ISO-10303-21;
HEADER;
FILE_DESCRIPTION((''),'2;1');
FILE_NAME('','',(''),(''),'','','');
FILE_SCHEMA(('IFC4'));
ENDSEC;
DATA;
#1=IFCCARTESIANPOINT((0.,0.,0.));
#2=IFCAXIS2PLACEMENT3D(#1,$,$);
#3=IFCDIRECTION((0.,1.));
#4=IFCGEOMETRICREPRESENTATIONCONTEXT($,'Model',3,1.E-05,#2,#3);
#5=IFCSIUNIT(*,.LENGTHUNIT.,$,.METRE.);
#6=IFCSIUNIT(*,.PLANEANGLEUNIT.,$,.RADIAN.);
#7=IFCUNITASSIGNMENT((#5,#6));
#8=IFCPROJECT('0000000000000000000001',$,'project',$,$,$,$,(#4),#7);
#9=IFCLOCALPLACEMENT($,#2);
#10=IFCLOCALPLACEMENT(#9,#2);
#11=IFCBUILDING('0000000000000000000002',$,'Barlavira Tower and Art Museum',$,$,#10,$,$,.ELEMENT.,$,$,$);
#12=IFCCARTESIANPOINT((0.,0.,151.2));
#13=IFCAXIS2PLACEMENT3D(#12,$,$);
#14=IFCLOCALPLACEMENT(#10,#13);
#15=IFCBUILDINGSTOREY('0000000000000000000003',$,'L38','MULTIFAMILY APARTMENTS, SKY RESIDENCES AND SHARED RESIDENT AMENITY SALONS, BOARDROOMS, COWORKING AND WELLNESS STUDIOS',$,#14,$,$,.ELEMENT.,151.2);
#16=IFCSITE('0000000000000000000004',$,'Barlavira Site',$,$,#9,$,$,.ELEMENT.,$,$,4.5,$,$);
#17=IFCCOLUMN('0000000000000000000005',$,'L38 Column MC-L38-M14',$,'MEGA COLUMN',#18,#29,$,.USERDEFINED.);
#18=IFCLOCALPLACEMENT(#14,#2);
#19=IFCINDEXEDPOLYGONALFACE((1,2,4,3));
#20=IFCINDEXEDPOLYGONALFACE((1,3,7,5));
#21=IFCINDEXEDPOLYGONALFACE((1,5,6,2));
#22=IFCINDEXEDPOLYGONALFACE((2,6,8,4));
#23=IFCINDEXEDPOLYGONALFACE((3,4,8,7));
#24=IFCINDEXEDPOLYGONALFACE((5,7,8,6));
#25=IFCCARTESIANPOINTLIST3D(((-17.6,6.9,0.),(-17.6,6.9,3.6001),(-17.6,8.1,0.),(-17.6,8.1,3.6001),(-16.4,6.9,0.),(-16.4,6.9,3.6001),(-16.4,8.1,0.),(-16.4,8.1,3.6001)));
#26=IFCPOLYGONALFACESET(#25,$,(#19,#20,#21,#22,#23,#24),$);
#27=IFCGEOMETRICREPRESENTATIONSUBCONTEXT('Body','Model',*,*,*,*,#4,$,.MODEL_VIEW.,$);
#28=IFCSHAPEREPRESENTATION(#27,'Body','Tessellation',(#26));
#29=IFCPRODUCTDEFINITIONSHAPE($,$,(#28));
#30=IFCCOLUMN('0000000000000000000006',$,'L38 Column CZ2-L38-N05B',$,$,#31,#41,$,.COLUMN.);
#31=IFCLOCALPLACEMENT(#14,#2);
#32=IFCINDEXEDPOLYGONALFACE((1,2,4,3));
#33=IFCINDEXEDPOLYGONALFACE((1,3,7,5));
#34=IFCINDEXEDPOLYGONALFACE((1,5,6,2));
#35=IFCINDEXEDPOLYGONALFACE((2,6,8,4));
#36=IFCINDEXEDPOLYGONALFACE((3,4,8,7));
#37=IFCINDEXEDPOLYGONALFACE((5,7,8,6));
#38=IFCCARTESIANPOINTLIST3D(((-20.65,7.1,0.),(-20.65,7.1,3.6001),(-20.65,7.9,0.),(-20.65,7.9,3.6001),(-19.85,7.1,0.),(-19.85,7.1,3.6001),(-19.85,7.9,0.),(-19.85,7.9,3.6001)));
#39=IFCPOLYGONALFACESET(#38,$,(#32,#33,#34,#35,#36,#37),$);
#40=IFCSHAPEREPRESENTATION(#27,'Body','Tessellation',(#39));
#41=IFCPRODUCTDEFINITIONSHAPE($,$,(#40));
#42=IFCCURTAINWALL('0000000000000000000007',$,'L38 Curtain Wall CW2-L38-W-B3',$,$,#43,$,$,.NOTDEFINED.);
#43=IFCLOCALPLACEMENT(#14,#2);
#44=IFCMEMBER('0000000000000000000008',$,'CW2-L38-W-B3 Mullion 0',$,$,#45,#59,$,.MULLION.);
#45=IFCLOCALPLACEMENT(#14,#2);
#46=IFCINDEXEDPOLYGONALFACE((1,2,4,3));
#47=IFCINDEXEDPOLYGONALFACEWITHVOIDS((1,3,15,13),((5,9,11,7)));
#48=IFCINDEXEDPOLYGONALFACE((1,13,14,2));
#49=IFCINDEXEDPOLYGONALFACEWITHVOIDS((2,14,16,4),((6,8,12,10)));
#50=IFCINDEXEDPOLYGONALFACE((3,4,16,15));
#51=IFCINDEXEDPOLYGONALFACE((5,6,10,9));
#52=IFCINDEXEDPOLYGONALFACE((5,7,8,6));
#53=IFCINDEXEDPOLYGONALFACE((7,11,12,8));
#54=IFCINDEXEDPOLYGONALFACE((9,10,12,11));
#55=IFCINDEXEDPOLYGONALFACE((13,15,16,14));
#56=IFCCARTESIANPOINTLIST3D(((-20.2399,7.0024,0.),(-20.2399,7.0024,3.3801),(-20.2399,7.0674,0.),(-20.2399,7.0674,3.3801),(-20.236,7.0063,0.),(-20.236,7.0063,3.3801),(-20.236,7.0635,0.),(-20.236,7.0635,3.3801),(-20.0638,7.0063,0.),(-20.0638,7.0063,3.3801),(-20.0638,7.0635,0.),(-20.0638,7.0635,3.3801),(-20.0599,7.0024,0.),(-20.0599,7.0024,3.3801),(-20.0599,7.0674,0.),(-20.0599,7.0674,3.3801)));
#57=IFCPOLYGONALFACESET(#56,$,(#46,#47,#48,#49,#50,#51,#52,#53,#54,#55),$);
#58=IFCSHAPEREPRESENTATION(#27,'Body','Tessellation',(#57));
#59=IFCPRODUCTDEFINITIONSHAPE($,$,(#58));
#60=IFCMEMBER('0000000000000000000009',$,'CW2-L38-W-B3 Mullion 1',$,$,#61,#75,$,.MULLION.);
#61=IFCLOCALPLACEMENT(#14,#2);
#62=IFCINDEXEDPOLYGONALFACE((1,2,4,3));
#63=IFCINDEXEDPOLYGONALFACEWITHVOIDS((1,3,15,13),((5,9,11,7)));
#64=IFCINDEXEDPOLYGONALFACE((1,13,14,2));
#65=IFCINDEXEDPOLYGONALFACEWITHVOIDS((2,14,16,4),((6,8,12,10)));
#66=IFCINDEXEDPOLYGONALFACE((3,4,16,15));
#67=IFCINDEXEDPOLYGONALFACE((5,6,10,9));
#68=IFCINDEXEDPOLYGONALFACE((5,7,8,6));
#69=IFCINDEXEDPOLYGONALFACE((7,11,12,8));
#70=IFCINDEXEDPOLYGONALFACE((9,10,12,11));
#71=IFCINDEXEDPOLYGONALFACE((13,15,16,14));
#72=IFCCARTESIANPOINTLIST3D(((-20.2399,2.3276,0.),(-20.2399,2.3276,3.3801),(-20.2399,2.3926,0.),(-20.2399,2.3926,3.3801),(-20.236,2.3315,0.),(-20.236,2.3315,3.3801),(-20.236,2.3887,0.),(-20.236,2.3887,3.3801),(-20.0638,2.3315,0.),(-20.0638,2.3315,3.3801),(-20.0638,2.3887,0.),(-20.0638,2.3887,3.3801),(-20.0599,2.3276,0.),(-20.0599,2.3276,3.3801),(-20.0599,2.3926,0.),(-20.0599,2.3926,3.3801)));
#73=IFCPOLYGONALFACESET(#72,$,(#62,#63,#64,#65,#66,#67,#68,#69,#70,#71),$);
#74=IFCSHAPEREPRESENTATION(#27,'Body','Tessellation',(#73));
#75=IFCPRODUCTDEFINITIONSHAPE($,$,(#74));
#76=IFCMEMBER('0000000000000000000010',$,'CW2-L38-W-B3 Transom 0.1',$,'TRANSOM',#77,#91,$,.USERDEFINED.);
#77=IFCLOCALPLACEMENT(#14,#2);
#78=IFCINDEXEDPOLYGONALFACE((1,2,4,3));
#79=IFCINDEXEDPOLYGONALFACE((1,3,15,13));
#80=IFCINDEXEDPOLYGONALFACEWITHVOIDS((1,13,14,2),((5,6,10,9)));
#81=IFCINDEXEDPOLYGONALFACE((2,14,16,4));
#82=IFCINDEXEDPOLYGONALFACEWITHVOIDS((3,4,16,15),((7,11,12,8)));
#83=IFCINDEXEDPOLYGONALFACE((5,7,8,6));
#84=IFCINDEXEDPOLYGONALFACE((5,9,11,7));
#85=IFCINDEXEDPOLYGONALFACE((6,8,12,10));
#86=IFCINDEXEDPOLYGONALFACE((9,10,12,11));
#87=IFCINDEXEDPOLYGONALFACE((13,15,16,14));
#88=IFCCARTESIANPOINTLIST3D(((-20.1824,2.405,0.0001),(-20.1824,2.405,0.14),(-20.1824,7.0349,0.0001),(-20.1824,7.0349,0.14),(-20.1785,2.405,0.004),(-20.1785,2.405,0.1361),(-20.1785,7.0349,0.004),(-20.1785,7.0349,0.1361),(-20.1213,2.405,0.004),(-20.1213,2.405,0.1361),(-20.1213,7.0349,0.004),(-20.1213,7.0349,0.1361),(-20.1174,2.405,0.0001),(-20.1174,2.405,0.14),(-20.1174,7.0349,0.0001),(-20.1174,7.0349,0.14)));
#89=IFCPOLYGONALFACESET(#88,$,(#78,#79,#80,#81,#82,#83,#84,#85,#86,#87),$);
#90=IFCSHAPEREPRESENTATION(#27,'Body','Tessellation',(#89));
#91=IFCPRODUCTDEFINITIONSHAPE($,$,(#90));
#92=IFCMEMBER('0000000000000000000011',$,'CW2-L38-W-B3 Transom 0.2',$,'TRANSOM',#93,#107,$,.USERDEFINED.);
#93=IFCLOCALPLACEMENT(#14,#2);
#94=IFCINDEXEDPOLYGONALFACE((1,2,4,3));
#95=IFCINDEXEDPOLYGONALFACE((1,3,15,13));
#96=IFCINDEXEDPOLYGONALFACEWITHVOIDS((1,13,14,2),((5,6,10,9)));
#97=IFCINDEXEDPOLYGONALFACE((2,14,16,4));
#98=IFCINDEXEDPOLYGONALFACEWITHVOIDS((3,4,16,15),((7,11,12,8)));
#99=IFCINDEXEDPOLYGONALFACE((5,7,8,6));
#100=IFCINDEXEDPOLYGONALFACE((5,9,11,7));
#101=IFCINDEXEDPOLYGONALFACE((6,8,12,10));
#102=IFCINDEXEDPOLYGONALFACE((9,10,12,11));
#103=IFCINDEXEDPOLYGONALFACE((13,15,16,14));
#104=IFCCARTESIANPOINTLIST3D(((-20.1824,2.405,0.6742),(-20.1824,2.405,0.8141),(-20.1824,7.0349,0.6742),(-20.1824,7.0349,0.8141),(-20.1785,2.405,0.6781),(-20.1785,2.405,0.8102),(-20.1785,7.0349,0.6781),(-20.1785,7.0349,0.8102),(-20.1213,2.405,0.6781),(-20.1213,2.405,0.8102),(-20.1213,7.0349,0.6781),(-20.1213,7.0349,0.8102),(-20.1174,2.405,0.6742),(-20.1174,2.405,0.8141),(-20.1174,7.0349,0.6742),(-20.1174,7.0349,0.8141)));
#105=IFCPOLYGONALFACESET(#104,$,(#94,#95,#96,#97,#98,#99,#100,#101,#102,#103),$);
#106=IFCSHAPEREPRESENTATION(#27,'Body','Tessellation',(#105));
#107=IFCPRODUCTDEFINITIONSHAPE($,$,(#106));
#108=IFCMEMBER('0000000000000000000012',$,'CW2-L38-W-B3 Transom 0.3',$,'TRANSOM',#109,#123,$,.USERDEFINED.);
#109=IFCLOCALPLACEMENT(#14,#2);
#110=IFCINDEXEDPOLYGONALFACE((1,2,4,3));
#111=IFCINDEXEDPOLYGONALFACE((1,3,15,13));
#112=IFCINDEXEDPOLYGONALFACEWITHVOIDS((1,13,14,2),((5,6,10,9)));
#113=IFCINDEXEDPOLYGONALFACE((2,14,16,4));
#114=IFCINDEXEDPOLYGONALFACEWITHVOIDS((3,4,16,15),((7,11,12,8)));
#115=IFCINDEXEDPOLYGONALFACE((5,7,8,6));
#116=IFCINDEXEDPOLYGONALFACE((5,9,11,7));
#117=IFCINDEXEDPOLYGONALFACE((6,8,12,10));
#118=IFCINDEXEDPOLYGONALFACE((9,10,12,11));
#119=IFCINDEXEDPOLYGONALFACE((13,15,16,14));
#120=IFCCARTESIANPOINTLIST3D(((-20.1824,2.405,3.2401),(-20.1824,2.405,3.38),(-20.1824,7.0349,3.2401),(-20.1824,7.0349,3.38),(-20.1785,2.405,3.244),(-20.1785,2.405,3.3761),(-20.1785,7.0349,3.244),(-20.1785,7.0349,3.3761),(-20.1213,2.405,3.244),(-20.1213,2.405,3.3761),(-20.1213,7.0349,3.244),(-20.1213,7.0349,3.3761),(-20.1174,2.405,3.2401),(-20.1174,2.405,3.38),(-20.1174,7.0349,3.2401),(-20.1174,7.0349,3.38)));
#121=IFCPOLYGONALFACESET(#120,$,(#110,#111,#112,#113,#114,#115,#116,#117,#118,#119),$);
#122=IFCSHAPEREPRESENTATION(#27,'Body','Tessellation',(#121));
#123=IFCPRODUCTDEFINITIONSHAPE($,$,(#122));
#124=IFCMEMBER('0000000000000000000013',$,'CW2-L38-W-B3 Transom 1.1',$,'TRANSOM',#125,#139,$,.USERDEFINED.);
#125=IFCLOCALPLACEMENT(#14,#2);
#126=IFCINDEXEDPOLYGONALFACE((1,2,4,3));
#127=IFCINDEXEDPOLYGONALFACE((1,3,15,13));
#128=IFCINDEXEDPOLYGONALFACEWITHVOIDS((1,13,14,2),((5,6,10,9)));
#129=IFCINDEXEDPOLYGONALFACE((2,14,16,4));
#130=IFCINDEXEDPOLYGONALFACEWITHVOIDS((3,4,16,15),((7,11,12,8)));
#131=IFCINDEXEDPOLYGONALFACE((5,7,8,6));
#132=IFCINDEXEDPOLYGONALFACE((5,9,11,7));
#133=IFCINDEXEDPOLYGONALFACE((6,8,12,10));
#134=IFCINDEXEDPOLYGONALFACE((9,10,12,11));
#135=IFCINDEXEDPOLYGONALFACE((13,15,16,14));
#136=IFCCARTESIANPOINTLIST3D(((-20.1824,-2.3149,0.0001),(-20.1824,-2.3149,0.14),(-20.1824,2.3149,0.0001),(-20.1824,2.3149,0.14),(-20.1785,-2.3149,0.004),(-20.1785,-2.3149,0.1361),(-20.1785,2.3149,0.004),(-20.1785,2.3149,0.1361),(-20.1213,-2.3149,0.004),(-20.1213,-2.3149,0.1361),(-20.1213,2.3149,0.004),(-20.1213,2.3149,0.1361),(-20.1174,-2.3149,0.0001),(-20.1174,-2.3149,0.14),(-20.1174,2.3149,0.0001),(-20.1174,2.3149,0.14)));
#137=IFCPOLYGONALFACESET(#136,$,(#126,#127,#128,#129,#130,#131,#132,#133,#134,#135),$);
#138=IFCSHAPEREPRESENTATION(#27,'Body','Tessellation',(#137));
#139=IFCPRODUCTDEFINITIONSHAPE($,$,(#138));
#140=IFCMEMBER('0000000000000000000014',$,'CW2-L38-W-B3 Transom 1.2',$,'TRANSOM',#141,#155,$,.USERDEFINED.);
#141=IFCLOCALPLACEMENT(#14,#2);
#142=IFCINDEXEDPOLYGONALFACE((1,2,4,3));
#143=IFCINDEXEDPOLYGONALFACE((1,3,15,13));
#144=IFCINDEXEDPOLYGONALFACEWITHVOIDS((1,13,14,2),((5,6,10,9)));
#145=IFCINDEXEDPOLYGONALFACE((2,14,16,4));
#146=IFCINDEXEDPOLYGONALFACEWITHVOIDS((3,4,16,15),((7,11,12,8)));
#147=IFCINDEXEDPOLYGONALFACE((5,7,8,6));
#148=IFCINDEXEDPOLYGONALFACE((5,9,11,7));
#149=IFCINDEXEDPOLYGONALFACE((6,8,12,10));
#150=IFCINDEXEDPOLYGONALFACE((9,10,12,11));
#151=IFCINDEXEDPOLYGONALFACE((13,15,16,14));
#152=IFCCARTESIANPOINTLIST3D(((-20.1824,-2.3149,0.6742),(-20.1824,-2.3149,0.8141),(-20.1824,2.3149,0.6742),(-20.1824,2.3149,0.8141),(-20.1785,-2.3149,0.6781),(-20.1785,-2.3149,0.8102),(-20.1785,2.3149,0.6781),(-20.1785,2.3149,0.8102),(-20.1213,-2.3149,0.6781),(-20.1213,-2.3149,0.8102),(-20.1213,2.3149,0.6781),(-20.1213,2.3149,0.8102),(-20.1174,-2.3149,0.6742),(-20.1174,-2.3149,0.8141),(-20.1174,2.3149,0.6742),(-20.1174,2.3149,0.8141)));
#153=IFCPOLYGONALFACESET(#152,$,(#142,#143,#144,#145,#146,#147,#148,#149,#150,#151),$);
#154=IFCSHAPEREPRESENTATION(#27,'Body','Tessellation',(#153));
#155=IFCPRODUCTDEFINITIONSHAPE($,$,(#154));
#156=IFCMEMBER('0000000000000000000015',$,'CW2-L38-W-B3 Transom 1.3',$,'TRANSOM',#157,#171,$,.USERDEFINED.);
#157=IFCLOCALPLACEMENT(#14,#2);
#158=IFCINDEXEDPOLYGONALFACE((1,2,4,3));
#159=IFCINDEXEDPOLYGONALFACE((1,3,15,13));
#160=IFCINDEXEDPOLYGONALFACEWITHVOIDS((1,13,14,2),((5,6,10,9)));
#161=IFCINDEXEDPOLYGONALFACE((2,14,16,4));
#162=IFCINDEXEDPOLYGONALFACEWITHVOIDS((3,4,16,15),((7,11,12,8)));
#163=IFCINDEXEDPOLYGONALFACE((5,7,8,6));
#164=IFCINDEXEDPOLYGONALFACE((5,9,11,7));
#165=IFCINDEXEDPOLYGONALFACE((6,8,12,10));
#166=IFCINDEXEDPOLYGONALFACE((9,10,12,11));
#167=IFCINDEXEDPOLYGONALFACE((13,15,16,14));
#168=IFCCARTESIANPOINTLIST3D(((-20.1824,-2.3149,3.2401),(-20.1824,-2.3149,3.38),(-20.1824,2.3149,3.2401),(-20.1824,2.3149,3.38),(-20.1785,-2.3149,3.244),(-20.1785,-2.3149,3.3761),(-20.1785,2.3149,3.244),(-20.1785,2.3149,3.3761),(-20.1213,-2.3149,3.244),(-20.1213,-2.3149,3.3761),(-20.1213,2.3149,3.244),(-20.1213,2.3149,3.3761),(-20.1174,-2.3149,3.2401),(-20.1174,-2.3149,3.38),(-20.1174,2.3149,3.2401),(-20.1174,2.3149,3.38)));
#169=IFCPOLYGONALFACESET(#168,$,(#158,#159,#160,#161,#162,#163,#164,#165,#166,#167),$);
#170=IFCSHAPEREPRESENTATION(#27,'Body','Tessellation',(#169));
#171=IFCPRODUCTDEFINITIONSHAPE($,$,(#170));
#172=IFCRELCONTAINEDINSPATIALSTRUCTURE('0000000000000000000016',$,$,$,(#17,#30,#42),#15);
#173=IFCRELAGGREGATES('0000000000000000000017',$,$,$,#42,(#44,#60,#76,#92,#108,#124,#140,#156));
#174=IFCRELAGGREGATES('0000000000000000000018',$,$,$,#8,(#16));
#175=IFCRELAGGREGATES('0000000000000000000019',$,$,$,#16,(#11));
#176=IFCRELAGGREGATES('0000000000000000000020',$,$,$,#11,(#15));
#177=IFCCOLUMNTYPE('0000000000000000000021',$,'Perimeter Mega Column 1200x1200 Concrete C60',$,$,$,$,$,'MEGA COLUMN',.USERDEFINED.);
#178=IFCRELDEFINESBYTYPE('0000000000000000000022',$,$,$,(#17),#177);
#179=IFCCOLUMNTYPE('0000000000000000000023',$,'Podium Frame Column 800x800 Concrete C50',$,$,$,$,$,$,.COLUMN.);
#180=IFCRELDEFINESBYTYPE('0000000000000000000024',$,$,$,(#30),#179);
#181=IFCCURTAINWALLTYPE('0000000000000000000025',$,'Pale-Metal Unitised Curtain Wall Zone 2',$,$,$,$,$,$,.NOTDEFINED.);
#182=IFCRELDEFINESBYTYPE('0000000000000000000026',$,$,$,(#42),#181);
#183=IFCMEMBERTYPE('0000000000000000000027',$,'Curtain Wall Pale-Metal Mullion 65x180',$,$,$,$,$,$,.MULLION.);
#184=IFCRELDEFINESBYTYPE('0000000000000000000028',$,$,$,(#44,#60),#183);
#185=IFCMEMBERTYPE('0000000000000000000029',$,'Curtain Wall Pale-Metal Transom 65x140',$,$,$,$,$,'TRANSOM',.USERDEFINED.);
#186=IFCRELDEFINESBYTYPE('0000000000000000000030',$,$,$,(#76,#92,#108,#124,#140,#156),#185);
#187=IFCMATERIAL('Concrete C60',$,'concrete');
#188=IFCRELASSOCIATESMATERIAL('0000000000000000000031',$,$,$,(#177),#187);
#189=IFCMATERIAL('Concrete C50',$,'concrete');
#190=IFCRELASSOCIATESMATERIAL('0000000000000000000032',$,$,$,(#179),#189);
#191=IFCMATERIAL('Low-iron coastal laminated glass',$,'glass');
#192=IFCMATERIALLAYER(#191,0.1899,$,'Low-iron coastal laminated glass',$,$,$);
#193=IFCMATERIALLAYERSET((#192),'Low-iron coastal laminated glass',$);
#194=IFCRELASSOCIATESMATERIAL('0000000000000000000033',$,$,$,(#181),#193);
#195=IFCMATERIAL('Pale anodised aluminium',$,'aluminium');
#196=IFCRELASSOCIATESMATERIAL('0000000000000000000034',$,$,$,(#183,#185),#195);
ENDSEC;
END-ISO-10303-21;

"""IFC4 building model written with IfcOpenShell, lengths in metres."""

from ifc_helpers import new_model, si_unit, direction, frame, origin, origin_2d, place, context, subcontext, project, spatial, rectangle, hollow_rectangle, extrude, material, layer, layer_set, material_profile, profile_set, type_object, element, aggregate, save


model = new_model("IFC4")

# Units and contexts
model_context = context("Model", 3, precision=1e-05, world=origin(), true_north=direction((0.0, 1.0)))
body_context = subcontext(model_context, "Body", "Model", "MODEL_VIEW")
ifc_project = project(units=[si_unit("LENGTHUNIT", "METRE"), si_unit("PLANEANGLEUNIT", "RADIAN")], contexts=[model_context])

# Site, building, storey
site_placement = place(None, origin())
site = spatial("IfcSite", under=ifc_project, at=site_placement, Name="Barlavira Site", CompositionType="ELEMENT", RefElevation=4.5)
building_placement = place(site_placement, origin())
building = spatial("IfcBuilding", under=site, at=building_placement, Name="Barlavira Tower and Art Museum", CompositionType="ELEMENT")
storey_placement = place(building_placement, frame((0.0, 0.0, 151.2)))
storey = spatial("IfcBuildingStorey", under=building, at=storey_placement, Name="L38", Description="MULTIFAMILY APARTMENTS, SKY RESIDENCES AND SHARED RESIDENT AMENITY SALONS, BOARDROOMS, COWORKING AND WELLNESS STUDIOS", CompositionType="ELEMENT", Elevation=151.2)

# Columns
ifc_material_1 = material(Name="Concrete C60", Category="concrete")
ifc_material_profile_1 = material_profile(ifc_material_1, rectangle(XDim=1.2, YDim=1.2, at=origin_2d()), Name="RC-COL 1200x1200")
ifc_profile_set_1 = profile_set([ifc_material_profile_1], Name="Concrete C60")
column_type_1 = type_object("IfcColumnType", Name="Perimeter Mega Column 1200x1200 Concrete C60", ElementType="MEGA COLUMN", PredefinedType="USERDEFINED", material=ifc_profile_set_1)
column_1_placement = place(storey_placement, frame((-17.0, 7.5, 0.0), z_axis=(0.0, 0.0, 1.0), x_axis=(1.0, 0.0, 0.0)))
element("IfcColumn", 1, at=column_1_placement, inside=storey, type_object=column_type_1, Name="L38 Column MC-L38-M14", ObjectType="MEGA COLUMN", PredefinedType="USERDEFINED", context=body_context, shape_type="SweptSolid", body=[
    extrude(rectangle(XDim=1.2, YDim=1.2, at=origin_2d()), origin(), (0.0, 0.0, 1.0), 3.6001),
])
ifc_material_2 = material(Name="Concrete C50", Category="concrete")
ifc_material_profile_2 = material_profile(ifc_material_2, rectangle(XDim=0.8, YDim=0.8, at=origin_2d()), Name="RC-COL 800x800")
ifc_profile_set_2 = profile_set([ifc_material_profile_2], Name="Concrete C50")
column_type_2 = type_object("IfcColumnType", Name="Podium Frame Column 800x800 Concrete C50", PredefinedType="COLUMN", material=ifc_profile_set_2)
column_2_placement = place(storey_placement, frame((-20.25, 7.5, 0.0), z_axis=(0.0, 0.0, 1.0), x_axis=(1.0, 0.0, 0.0)))
element("IfcColumn", 2, at=column_2_placement, inside=storey, type_object=column_type_2, Name="L38 Column CZ2-L38-N05B", PredefinedType="COLUMN", context=body_context, shape_type="SweptSolid", body=[
    extrude(rectangle(XDim=0.8, YDim=0.8, at=origin_2d()), origin(), (0.0, 0.0, 1.0), 3.6001),
])

# Curtain wall, members
ifc_material_3 = material(Name="Low-iron coastal laminated glass", Category="glass")
ifc_layer_1 = layer(ifc_material_3, 0.1899, Name="Low-iron coastal laminated glass")
ifc_layer_set_1 = layer_set([ifc_layer_1], Name="Low-iron coastal laminated glass")
curtain_wall_type = type_object("IfcCurtainWallType", Name="Pale-Metal Unitised Curtain Wall Zone 2", PredefinedType="NOTDEFINED", material=ifc_layer_set_1)
curtain_wall_placement = place(storey_placement, origin())
curtain_wall = element("IfcCurtainWall", 3, at=curtain_wall_placement, inside=storey, type_object=curtain_wall_type, Name="L38 Curtain Wall CW2-L38-W-B3", PredefinedType="NOTDEFINED")
ifc_material_4 = material(Name="Pale anodised aluminium", Category="aluminium")
ifc_material_profile_3 = material_profile(ifc_material_4, hollow_rectangle(XDim=0.0649, YDim=0.1799, WallThickness=0.0039, at=origin_2d()), Name="ALU-MULL 65x180x4")
ifc_profile_set_3 = profile_set([ifc_material_profile_3], Name="Pale anodised aluminium")
member_type_1 = type_object("IfcMemberType", Name="Curtain Wall Pale-Metal Mullion 65x180", PredefinedType="MULLION", material=ifc_profile_set_3)
member_1_placement = place(storey_placement, frame((-20.1499, 7.0349, 0.0), z_axis=(0.0, 0.0, 1.0), x_axis=(0.0, -1.0, 0.0)))
member_1 = element("IfcMember", 4, at=member_1_placement, type_object=member_type_1, Name="CW2-L38-W-B3 Mullion 0", PredefinedType="MULLION", context=body_context, shape_type="SweptSolid", body=[
    extrude(hollow_rectangle(XDim=0.0649, YDim=0.1799, WallThickness=0.0039, at=origin_2d()), origin(), (0.0, 0.0, 1.0), 3.3801),
])
member_2_placement = place(storey_placement, frame((-20.1499, 2.3601, 0.0), z_axis=(0.0, 0.0, 1.0), x_axis=(0.0, -1.0, 0.0)))
member_2 = element("IfcMember", 5, at=member_2_placement, type_object=member_type_1, Name="CW2-L38-W-B3 Mullion 1", PredefinedType="MULLION", context=body_context, shape_type="SweptSolid", body=[
    extrude(hollow_rectangle(XDim=0.0649, YDim=0.1799, WallThickness=0.0039, at=origin_2d()), origin(), (0.0, 0.0, 1.0), 3.3801),
])
ifc_material_profile_4 = material_profile(ifc_material_4, hollow_rectangle(XDim=0.0649, YDim=0.1399, WallThickness=0.0039, at=origin_2d()), Name="ALU-TRAN 65x140x4")
ifc_profile_set_4 = profile_set([ifc_material_profile_4], Name="Pale anodised aluminium")
member_type_2 = type_object("IfcMemberType", Name="Curtain Wall Pale-Metal Transom 65x140", ElementType="TRANSOM", PredefinedType="USERDEFINED", material=ifc_profile_set_4)
member_3_placement = place(storey_placement, frame((-20.1499, 7.0349, 0.0701), z_axis=(0.0, -1.0, 0.0), x_axis=(1.0, 0.0, 0.0)))
member_3 = element("IfcMember", 6, at=member_3_placement, type_object=member_type_2, Name="CW2-L38-W-B3 Transom 0.1", ObjectType="TRANSOM", PredefinedType="USERDEFINED", context=body_context, shape_type="SweptSolid", body=[
    extrude(hollow_rectangle(XDim=0.0649, YDim=0.1399, WallThickness=0.0039, at=origin_2d()), origin(), (0.0, 0.0, 1.0), 4.6299),
])
member_4_placement = place(storey_placement, frame((-20.1499, 7.0349, 0.7441), z_axis=(0.0, -1.0, 0.0), x_axis=(1.0, 0.0, 0.0)))
member_4 = element("IfcMember", 7, at=member_4_placement, type_object=member_type_2, Name="CW2-L38-W-B3 Transom 0.2", ObjectType="TRANSOM", PredefinedType="USERDEFINED", context=body_context, shape_type="SweptSolid", body=[
    extrude(hollow_rectangle(XDim=0.0649, YDim=0.1399, WallThickness=0.0039, at=origin_2d()), origin(), (0.0, 0.0, 1.0), 4.6299),
])
member_5_placement = place(storey_placement, frame((-20.1499, 7.0349, 3.3101), z_axis=(0.0, -1.0, 0.0), x_axis=(1.0, 0.0, 0.0)))
member_5 = element("IfcMember", 8, at=member_5_placement, type_object=member_type_2, Name="CW2-L38-W-B3 Transom 0.3", ObjectType="TRANSOM", PredefinedType="USERDEFINED", context=body_context, shape_type="SweptSolid", body=[
    extrude(hollow_rectangle(XDim=0.0649, YDim=0.1399, WallThickness=0.0039, at=origin_2d()), origin(), (0.0, 0.0, 1.0), 4.6299),
])
member_6_placement = place(storey_placement, frame((-20.1499, 2.3149, 0.0701), z_axis=(0.0, -1.0, 0.0), x_axis=(1.0, 0.0, 0.0)))
member_6 = element("IfcMember", 9, at=member_6_placement, type_object=member_type_2, Name="CW2-L38-W-B3 Transom 1.1", ObjectType="TRANSOM", PredefinedType="USERDEFINED", context=body_context, shape_type="SweptSolid", body=[
    extrude(hollow_rectangle(XDim=0.0649, YDim=0.1399, WallThickness=0.0039, at=origin_2d()), origin(), (0.0, 0.0, 1.0), 4.6299),
])
member_7_placement = place(storey_placement, frame((-20.1499, 2.3149, 0.7441), z_axis=(0.0, -1.0, 0.0), x_axis=(1.0, 0.0, 0.0)))
member_7 = element("IfcMember", 10, at=member_7_placement, type_object=member_type_2, Name="CW2-L38-W-B3 Transom 1.2", ObjectType="TRANSOM", PredefinedType="USERDEFINED", context=body_context, shape_type="SweptSolid", body=[
    extrude(hollow_rectangle(XDim=0.0649, YDim=0.1399, WallThickness=0.0039, at=origin_2d()), origin(), (0.0, 0.0, 1.0), 4.6299),
])
member_8_placement = place(storey_placement, frame((-20.1499, 2.3149, 3.3101), z_axis=(0.0, -1.0, 0.0), x_axis=(1.0, 0.0, 0.0)))
member_8 = element("IfcMember", 11, at=member_8_placement, type_object=member_type_2, Name="CW2-L38-W-B3 Transom 1.3", ObjectType="TRANSOM", PredefinedType="USERDEFINED", context=body_context, shape_type="SweptSolid", body=[
    extrude(hollow_rectangle(XDim=0.0649, YDim=0.1399, WallThickness=0.0039, at=origin_2d()), origin(), (0.0, 0.0, 1.0), 4.6299),
])

aggregate(curtain_wall, [member_1, member_2, member_3, member_4, member_5, member_6, member_7, member_8])

save(model, "model.ifc")
